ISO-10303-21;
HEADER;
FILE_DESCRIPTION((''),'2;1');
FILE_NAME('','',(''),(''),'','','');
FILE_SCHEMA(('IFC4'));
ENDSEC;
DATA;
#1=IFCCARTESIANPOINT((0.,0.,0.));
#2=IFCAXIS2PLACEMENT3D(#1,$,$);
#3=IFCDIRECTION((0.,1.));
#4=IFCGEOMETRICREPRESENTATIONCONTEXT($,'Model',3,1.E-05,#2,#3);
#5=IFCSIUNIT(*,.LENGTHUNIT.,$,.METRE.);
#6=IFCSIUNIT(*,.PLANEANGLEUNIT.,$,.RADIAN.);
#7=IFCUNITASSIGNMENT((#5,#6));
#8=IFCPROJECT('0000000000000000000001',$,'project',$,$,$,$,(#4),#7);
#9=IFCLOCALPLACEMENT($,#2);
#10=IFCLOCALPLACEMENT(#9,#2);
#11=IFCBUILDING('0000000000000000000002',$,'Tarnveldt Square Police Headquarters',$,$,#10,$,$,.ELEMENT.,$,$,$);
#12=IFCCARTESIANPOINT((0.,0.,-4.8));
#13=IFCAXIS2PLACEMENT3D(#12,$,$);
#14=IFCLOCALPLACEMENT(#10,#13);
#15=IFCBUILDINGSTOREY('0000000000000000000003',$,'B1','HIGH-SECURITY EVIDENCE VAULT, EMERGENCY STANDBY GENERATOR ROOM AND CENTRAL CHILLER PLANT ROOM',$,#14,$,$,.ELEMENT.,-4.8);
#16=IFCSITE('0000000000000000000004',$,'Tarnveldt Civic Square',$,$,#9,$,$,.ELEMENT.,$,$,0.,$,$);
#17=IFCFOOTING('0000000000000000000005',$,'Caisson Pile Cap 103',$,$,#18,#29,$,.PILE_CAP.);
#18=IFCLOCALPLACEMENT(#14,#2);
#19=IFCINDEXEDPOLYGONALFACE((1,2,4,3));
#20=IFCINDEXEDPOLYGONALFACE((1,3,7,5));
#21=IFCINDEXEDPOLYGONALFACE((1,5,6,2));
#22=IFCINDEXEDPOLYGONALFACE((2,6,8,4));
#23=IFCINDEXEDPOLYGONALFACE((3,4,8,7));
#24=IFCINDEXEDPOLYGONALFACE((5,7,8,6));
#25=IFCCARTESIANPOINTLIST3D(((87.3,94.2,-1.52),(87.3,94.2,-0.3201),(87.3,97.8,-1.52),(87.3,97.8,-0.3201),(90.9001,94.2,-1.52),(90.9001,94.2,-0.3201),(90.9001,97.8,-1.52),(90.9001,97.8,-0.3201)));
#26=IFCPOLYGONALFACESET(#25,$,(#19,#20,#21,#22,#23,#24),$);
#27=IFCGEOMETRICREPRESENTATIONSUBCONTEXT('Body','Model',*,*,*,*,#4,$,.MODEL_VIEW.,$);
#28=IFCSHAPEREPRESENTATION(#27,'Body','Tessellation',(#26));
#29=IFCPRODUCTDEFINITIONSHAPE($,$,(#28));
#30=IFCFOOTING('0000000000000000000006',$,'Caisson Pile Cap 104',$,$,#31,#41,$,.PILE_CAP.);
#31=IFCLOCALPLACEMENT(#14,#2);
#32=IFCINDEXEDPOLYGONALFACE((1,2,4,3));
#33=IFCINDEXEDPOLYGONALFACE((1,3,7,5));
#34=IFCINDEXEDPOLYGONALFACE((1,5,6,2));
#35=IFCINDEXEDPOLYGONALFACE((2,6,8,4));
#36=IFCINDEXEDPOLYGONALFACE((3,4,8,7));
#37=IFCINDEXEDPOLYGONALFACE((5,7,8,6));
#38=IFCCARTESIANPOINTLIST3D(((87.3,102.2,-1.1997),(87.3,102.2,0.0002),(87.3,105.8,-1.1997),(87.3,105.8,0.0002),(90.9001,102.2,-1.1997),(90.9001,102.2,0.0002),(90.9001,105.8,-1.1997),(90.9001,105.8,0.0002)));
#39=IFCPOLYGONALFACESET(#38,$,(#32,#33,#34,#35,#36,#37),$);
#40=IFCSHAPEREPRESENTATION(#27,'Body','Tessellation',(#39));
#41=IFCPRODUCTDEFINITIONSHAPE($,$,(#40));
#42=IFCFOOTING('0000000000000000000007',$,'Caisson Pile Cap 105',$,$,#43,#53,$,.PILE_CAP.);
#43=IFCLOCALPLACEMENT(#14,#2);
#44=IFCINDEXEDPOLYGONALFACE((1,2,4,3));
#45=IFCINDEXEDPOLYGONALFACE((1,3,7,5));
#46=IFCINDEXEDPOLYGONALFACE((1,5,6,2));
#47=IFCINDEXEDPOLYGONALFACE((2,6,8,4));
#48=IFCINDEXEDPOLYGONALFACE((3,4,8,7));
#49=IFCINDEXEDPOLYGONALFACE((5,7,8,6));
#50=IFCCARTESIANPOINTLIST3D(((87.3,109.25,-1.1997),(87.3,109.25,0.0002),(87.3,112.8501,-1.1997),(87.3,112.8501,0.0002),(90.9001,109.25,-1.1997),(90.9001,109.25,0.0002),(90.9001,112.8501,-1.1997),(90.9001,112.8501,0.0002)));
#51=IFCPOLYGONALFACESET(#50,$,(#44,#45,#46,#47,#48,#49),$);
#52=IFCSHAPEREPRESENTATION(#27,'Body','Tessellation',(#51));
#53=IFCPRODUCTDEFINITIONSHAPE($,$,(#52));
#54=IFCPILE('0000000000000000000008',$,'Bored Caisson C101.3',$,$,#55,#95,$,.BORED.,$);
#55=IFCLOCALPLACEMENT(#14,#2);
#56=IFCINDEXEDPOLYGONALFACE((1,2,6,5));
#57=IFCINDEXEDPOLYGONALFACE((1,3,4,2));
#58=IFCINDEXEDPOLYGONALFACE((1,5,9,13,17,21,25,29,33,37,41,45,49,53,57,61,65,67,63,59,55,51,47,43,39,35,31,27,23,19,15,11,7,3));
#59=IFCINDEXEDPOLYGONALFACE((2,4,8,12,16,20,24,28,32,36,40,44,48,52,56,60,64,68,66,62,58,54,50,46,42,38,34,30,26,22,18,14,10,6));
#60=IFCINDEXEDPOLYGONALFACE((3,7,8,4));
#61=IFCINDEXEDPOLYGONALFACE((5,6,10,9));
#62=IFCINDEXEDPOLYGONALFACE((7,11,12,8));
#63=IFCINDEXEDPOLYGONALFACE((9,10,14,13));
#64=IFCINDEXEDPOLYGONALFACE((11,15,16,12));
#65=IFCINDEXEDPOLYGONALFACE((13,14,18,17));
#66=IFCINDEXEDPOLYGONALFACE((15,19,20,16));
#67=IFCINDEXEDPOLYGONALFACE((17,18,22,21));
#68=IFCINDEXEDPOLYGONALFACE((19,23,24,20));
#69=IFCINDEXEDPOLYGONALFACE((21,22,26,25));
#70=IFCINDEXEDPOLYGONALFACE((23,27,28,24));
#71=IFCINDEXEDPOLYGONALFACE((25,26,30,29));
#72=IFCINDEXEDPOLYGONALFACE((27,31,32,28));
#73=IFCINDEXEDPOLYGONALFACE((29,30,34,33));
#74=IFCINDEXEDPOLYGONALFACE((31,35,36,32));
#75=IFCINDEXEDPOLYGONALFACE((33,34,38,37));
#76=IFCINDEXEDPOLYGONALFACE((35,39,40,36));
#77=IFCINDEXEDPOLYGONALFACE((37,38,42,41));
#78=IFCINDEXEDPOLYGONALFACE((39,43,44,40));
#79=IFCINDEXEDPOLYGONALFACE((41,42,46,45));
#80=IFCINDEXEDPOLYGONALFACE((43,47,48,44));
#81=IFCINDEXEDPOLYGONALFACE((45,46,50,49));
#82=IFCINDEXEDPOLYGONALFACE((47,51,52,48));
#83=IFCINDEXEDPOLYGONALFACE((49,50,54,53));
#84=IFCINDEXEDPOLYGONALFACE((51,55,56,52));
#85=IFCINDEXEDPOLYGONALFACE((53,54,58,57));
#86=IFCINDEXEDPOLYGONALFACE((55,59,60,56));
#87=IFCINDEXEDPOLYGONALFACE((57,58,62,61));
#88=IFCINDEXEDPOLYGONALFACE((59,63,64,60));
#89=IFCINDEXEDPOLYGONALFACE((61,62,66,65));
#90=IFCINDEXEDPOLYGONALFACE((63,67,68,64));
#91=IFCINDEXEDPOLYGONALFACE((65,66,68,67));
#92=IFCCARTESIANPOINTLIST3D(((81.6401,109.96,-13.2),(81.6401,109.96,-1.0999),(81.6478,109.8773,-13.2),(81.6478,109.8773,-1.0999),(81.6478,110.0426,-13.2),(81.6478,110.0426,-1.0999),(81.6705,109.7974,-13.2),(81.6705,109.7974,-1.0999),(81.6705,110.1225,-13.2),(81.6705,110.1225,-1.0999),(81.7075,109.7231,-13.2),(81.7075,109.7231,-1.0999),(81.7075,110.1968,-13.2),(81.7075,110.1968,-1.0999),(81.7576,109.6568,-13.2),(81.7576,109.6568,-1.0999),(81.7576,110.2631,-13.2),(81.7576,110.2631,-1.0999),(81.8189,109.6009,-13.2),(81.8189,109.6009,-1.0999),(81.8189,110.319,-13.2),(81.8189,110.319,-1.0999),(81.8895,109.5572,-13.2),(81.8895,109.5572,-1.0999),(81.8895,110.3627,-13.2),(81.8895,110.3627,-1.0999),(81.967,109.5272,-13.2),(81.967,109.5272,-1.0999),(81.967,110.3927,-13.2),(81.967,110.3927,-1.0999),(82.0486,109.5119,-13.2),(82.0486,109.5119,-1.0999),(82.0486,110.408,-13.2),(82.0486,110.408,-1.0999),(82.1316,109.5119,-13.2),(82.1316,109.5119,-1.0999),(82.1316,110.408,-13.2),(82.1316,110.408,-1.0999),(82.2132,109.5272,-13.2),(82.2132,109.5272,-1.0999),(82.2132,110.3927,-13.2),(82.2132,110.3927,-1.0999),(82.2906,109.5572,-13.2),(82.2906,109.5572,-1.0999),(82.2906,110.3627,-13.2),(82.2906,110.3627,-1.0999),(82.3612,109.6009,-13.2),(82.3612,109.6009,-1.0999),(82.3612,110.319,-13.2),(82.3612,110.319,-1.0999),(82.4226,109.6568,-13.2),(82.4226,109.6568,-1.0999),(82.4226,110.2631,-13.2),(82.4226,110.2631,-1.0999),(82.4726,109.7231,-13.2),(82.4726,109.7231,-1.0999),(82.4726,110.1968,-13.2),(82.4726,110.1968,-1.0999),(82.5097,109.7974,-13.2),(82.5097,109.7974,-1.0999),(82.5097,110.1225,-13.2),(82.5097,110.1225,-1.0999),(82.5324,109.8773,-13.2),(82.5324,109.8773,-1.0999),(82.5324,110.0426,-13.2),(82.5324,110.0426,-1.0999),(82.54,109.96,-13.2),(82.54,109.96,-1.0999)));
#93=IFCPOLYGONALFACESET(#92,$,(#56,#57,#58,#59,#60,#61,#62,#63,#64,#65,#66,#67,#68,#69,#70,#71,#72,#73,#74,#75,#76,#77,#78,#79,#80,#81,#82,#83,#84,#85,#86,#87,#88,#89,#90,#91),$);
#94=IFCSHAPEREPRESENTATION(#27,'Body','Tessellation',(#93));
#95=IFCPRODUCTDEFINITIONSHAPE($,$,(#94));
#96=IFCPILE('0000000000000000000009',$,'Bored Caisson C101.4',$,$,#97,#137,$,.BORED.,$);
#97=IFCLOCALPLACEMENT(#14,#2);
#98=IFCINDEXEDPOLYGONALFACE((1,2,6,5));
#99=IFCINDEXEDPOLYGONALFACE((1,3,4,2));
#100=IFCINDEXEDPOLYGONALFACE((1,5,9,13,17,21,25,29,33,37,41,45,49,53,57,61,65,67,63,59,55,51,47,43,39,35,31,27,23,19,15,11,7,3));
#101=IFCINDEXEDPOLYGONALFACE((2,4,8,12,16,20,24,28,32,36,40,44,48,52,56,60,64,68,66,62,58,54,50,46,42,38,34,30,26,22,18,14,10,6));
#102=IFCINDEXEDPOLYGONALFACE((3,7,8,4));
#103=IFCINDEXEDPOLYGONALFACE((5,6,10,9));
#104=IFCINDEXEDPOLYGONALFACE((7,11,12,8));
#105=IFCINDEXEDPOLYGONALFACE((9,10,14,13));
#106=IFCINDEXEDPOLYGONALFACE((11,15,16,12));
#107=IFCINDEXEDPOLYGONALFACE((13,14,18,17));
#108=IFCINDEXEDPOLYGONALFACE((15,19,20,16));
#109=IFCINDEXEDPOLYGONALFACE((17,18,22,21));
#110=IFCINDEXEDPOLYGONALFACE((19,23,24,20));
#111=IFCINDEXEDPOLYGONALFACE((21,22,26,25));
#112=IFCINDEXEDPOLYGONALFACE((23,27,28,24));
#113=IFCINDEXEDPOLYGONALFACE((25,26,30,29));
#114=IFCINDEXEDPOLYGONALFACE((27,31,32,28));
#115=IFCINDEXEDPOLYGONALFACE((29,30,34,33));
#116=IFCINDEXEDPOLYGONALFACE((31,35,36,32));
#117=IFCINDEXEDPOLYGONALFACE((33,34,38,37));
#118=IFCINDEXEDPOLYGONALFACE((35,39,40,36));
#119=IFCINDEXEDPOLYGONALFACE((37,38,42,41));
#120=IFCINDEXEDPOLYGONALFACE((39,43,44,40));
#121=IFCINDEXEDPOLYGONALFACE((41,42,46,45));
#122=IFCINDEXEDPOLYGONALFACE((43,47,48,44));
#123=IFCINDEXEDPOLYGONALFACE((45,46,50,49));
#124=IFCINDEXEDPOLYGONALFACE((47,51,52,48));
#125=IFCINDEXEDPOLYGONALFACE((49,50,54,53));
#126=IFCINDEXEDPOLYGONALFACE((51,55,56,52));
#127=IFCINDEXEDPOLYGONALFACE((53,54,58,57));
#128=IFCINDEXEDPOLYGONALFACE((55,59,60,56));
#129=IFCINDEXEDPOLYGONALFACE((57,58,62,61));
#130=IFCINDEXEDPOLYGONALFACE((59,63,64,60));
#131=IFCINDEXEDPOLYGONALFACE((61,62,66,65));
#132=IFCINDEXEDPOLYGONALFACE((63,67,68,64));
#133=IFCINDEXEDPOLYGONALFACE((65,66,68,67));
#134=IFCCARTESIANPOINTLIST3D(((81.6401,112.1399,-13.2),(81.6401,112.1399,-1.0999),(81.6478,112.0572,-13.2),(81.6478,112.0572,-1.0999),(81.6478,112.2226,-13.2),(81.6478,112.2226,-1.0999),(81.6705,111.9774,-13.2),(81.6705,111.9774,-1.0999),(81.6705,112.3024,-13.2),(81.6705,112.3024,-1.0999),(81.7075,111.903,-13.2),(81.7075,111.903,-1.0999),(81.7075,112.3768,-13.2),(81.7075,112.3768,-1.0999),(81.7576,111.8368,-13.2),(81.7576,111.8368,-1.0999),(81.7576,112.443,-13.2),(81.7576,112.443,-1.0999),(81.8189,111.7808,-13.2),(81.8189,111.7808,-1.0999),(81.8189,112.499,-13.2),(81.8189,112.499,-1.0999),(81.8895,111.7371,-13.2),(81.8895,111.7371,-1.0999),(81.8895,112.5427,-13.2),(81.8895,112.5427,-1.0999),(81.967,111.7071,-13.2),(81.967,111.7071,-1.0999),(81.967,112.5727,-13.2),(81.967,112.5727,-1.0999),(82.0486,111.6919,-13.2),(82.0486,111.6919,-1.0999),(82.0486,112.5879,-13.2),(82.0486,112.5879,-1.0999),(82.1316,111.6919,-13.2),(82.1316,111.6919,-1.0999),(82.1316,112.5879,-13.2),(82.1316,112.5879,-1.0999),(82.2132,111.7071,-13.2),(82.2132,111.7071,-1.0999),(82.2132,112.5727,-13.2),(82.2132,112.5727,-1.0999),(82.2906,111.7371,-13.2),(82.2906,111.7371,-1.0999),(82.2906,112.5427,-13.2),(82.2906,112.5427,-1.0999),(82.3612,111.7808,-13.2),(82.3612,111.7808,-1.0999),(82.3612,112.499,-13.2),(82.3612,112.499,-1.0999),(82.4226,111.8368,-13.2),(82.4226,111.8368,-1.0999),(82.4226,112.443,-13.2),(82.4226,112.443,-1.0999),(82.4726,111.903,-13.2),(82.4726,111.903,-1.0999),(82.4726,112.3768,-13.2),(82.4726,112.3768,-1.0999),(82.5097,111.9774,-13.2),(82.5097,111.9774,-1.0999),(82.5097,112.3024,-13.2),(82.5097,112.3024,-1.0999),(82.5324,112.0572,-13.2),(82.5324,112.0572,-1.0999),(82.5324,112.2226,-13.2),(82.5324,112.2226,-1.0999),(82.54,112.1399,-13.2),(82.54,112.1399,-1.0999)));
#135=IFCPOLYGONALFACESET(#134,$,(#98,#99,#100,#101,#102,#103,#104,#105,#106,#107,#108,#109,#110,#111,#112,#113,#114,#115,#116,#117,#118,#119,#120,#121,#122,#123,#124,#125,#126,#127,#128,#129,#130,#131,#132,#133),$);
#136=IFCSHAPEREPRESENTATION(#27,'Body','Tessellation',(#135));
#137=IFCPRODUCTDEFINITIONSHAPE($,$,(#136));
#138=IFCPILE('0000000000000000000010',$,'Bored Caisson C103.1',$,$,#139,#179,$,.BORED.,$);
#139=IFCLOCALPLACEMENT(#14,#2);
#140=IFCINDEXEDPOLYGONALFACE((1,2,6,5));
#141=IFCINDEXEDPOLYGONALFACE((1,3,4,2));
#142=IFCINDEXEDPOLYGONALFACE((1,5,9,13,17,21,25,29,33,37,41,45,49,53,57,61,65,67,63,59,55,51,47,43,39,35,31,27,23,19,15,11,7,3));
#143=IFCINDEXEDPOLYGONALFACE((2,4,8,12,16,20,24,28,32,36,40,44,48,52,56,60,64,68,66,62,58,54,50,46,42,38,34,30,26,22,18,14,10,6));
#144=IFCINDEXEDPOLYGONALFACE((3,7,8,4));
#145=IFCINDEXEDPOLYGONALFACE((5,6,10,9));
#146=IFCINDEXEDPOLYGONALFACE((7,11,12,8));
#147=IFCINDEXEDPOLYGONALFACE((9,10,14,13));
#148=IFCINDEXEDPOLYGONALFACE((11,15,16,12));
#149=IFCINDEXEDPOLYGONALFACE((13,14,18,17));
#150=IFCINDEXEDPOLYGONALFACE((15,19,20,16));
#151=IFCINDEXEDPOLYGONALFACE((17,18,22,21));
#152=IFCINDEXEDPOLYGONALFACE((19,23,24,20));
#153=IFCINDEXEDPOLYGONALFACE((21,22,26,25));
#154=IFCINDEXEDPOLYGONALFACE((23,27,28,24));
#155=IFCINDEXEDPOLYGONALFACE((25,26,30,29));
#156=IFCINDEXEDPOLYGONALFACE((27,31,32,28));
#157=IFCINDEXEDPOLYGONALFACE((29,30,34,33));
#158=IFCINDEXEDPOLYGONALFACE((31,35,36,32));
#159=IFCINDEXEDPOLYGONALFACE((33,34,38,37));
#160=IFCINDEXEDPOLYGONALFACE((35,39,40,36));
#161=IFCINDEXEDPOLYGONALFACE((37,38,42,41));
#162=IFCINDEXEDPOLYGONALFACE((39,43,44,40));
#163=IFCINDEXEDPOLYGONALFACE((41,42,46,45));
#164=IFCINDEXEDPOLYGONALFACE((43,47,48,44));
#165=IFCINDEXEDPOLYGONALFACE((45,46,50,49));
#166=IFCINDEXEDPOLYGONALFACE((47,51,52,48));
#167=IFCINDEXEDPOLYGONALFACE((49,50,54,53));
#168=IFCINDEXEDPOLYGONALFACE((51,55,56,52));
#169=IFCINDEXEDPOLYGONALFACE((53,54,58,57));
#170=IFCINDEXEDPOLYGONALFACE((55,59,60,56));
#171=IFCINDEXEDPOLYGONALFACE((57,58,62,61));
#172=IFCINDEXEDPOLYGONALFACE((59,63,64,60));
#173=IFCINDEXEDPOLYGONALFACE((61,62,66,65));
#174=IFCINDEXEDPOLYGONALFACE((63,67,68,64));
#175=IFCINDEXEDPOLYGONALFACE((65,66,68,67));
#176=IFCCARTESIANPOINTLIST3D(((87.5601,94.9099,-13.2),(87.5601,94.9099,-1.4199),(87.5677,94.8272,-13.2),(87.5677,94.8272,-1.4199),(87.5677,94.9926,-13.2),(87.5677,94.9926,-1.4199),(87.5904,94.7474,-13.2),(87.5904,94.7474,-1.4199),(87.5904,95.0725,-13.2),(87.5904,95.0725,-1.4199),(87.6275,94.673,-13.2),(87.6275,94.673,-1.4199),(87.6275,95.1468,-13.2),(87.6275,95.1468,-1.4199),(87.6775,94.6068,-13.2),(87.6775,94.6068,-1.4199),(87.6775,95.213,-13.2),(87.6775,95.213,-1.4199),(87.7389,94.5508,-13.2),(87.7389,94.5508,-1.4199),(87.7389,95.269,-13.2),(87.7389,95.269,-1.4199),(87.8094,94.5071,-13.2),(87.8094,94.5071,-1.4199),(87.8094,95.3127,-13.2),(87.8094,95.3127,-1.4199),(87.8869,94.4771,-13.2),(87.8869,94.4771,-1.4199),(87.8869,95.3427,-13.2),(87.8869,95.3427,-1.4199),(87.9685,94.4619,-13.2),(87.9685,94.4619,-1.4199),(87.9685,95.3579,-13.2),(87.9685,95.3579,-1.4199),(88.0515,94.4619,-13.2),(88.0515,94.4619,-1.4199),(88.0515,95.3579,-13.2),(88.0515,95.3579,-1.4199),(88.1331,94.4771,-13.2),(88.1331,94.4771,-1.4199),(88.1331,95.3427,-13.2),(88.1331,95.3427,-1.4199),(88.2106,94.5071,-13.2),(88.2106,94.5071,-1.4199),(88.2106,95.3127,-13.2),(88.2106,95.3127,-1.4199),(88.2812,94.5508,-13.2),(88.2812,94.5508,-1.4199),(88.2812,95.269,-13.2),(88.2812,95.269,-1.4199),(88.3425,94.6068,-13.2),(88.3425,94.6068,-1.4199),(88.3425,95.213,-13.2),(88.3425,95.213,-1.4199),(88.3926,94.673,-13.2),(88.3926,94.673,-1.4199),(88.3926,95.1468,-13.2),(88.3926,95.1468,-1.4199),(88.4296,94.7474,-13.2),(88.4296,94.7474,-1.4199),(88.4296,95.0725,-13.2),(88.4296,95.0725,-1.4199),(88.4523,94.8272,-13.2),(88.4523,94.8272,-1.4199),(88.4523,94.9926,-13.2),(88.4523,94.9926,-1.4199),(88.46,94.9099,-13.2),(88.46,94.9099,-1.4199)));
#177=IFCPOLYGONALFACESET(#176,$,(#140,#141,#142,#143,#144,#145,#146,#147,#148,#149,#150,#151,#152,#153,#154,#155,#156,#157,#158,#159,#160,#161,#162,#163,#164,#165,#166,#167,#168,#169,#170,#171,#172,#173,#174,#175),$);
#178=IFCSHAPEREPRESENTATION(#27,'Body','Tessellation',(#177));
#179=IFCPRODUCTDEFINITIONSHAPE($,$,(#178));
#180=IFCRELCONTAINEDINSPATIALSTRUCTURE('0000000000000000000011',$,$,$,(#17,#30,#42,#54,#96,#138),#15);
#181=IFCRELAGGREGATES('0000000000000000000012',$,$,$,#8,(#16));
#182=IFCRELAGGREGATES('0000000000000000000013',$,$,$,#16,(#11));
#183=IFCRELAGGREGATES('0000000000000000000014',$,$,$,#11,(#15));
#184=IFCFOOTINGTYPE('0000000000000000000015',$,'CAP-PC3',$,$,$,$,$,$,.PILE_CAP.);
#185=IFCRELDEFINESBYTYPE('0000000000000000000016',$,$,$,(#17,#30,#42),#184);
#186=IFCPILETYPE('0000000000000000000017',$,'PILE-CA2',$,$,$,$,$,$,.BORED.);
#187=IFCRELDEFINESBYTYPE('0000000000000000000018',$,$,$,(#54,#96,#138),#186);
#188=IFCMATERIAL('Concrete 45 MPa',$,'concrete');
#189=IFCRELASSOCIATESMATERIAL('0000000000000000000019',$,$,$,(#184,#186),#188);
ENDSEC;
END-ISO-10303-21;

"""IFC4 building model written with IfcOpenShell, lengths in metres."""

from ifc_helpers import new_model, si_unit, direction, frame, origin, origin_2d, place, context, subcontext, project, spatial, rectangle, circle, extrude, material, material_profile, profile_set, type_object, element, save


model = new_model("IFC4")

# Units and contexts
model_context = context("Model", 3, precision=1e-05, world=origin(), true_north=direction((0.0, 1.0)))
body_context = subcontext(model_context, "Body", "Model", "MODEL_VIEW")
ifc_project = project(units=[si_unit("LENGTHUNIT", "METRE"), si_unit("PLANEANGLEUNIT", "RADIAN")], contexts=[model_context])

# Site, building, storey
site_placement = place(None, origin())
site = spatial("IfcSite", under=ifc_project, at=site_placement, Name="Tarnveldt Civic Square", CompositionType="ELEMENT", RefElevation=0.0)
building_placement = place(site_placement, origin())
building = spatial("IfcBuilding", under=site, at=building_placement, Name="Tarnveldt Square Police Headquarters", CompositionType="ELEMENT")
storey_placement = place(building_placement, frame((0.0, 0.0, -4.8)))
storey = spatial("IfcBuildingStorey", under=building, at=storey_placement, Name="B1", Description="HIGH-SECURITY EVIDENCE VAULT, EMERGENCY STANDBY GENERATOR ROOM AND CENTRAL CHILLER PLANT ROOM", CompositionType="ELEMENT", Elevation=-4.8)

# Footings
ifc_material_1 = material(Name="Concrete 45 MPa", Category="concrete")
footing_type = type_object("IfcFootingType", Name="CAP-PC3", PredefinedType="PILE_CAP", material=ifc_material_1)
for number, where, z_axis, x_axis, name in (
    (1, (89.1001, 96.0, -1.52), (0.0, 0.0, 1.0), (1.0, 0.0, 0.0), "Caisson Pile Cap 103"),
    (2, (89.1001, 104.0, -1.1997), (0.0, 0.0, 1.0), (1.0, 0.0, 0.0), "Caisson Pile Cap 104"),
    (3, (89.1001, 111.05, -1.1997), (0.0, 0.0, 1.0), (1.0, 0.0, 0.0), "Caisson Pile Cap 105"),
):
    element("IfcFooting", number, at=place(storey_placement, frame(where, z_axis=z_axis, x_axis=x_axis)), inside=storey, type_object=footing_type, Name=name, PredefinedType="PILE_CAP", context=body_context, shape_type="SweptSolid", body=[
        extrude(rectangle(XDim=3.6001, YDim=3.6001, at=origin_2d()), origin(), (0.0, 0.0, 1.0), 1.2),
    ])

# Piles
ifc_material_profile_1 = material_profile(ifc_material_1, circle(Radius=0.45, at=origin_2d()), Name="CAISSON-D900")
ifc_profile_set_1 = profile_set([ifc_material_profile_1], Name="Concrete 45 MPa")
pile_type = type_object("IfcPileType", Name="PILE-CA2", PredefinedType="BORED", material=ifc_profile_set_1)
for number, where, z_axis, x_axis, name in (
    (4, (82.0901, 109.96, -1.0999), (0.0, 0.0, -1.0), (1.0, 0.0, 0.0), "Bored Caisson C101.3"),
    (5, (82.0901, 112.1399, -1.0999), (0.0, 0.0, -1.0), (1.0, 0.0, 0.0), "Bored Caisson C101.4"),
):
    element("IfcPile", number, at=place(storey_placement, frame(where, z_axis=z_axis, x_axis=x_axis)), inside=storey, type_object=pile_type, Name=name, PredefinedType="BORED", context=body_context, shape_type="SweptSolid", body=[
        extrude(circle(Radius=0.45, at=origin_2d()), origin(), (0.0, 0.0, 1.0), 12.1001),
    ])
for number, where, z_axis, x_axis, name in (
    (6, (88.01, 94.9099, -1.4199), (0.0, 0.0, -1.0), (1.0, 0.0, 0.0), "Bored Caisson C103.1"),
):
    element("IfcPile", number, at=place(storey_placement, frame(where, z_axis=z_axis, x_axis=x_axis)), inside=storey, type_object=pile_type, Name=name, PredefinedType="BORED", context=body_context, shape_type="SweptSolid", body=[
        extrude(circle(Radius=0.45, at=origin_2d()), origin(), (0.0, 0.0, 1.0), 11.78),
    ])

save(model, "model.ifc")
